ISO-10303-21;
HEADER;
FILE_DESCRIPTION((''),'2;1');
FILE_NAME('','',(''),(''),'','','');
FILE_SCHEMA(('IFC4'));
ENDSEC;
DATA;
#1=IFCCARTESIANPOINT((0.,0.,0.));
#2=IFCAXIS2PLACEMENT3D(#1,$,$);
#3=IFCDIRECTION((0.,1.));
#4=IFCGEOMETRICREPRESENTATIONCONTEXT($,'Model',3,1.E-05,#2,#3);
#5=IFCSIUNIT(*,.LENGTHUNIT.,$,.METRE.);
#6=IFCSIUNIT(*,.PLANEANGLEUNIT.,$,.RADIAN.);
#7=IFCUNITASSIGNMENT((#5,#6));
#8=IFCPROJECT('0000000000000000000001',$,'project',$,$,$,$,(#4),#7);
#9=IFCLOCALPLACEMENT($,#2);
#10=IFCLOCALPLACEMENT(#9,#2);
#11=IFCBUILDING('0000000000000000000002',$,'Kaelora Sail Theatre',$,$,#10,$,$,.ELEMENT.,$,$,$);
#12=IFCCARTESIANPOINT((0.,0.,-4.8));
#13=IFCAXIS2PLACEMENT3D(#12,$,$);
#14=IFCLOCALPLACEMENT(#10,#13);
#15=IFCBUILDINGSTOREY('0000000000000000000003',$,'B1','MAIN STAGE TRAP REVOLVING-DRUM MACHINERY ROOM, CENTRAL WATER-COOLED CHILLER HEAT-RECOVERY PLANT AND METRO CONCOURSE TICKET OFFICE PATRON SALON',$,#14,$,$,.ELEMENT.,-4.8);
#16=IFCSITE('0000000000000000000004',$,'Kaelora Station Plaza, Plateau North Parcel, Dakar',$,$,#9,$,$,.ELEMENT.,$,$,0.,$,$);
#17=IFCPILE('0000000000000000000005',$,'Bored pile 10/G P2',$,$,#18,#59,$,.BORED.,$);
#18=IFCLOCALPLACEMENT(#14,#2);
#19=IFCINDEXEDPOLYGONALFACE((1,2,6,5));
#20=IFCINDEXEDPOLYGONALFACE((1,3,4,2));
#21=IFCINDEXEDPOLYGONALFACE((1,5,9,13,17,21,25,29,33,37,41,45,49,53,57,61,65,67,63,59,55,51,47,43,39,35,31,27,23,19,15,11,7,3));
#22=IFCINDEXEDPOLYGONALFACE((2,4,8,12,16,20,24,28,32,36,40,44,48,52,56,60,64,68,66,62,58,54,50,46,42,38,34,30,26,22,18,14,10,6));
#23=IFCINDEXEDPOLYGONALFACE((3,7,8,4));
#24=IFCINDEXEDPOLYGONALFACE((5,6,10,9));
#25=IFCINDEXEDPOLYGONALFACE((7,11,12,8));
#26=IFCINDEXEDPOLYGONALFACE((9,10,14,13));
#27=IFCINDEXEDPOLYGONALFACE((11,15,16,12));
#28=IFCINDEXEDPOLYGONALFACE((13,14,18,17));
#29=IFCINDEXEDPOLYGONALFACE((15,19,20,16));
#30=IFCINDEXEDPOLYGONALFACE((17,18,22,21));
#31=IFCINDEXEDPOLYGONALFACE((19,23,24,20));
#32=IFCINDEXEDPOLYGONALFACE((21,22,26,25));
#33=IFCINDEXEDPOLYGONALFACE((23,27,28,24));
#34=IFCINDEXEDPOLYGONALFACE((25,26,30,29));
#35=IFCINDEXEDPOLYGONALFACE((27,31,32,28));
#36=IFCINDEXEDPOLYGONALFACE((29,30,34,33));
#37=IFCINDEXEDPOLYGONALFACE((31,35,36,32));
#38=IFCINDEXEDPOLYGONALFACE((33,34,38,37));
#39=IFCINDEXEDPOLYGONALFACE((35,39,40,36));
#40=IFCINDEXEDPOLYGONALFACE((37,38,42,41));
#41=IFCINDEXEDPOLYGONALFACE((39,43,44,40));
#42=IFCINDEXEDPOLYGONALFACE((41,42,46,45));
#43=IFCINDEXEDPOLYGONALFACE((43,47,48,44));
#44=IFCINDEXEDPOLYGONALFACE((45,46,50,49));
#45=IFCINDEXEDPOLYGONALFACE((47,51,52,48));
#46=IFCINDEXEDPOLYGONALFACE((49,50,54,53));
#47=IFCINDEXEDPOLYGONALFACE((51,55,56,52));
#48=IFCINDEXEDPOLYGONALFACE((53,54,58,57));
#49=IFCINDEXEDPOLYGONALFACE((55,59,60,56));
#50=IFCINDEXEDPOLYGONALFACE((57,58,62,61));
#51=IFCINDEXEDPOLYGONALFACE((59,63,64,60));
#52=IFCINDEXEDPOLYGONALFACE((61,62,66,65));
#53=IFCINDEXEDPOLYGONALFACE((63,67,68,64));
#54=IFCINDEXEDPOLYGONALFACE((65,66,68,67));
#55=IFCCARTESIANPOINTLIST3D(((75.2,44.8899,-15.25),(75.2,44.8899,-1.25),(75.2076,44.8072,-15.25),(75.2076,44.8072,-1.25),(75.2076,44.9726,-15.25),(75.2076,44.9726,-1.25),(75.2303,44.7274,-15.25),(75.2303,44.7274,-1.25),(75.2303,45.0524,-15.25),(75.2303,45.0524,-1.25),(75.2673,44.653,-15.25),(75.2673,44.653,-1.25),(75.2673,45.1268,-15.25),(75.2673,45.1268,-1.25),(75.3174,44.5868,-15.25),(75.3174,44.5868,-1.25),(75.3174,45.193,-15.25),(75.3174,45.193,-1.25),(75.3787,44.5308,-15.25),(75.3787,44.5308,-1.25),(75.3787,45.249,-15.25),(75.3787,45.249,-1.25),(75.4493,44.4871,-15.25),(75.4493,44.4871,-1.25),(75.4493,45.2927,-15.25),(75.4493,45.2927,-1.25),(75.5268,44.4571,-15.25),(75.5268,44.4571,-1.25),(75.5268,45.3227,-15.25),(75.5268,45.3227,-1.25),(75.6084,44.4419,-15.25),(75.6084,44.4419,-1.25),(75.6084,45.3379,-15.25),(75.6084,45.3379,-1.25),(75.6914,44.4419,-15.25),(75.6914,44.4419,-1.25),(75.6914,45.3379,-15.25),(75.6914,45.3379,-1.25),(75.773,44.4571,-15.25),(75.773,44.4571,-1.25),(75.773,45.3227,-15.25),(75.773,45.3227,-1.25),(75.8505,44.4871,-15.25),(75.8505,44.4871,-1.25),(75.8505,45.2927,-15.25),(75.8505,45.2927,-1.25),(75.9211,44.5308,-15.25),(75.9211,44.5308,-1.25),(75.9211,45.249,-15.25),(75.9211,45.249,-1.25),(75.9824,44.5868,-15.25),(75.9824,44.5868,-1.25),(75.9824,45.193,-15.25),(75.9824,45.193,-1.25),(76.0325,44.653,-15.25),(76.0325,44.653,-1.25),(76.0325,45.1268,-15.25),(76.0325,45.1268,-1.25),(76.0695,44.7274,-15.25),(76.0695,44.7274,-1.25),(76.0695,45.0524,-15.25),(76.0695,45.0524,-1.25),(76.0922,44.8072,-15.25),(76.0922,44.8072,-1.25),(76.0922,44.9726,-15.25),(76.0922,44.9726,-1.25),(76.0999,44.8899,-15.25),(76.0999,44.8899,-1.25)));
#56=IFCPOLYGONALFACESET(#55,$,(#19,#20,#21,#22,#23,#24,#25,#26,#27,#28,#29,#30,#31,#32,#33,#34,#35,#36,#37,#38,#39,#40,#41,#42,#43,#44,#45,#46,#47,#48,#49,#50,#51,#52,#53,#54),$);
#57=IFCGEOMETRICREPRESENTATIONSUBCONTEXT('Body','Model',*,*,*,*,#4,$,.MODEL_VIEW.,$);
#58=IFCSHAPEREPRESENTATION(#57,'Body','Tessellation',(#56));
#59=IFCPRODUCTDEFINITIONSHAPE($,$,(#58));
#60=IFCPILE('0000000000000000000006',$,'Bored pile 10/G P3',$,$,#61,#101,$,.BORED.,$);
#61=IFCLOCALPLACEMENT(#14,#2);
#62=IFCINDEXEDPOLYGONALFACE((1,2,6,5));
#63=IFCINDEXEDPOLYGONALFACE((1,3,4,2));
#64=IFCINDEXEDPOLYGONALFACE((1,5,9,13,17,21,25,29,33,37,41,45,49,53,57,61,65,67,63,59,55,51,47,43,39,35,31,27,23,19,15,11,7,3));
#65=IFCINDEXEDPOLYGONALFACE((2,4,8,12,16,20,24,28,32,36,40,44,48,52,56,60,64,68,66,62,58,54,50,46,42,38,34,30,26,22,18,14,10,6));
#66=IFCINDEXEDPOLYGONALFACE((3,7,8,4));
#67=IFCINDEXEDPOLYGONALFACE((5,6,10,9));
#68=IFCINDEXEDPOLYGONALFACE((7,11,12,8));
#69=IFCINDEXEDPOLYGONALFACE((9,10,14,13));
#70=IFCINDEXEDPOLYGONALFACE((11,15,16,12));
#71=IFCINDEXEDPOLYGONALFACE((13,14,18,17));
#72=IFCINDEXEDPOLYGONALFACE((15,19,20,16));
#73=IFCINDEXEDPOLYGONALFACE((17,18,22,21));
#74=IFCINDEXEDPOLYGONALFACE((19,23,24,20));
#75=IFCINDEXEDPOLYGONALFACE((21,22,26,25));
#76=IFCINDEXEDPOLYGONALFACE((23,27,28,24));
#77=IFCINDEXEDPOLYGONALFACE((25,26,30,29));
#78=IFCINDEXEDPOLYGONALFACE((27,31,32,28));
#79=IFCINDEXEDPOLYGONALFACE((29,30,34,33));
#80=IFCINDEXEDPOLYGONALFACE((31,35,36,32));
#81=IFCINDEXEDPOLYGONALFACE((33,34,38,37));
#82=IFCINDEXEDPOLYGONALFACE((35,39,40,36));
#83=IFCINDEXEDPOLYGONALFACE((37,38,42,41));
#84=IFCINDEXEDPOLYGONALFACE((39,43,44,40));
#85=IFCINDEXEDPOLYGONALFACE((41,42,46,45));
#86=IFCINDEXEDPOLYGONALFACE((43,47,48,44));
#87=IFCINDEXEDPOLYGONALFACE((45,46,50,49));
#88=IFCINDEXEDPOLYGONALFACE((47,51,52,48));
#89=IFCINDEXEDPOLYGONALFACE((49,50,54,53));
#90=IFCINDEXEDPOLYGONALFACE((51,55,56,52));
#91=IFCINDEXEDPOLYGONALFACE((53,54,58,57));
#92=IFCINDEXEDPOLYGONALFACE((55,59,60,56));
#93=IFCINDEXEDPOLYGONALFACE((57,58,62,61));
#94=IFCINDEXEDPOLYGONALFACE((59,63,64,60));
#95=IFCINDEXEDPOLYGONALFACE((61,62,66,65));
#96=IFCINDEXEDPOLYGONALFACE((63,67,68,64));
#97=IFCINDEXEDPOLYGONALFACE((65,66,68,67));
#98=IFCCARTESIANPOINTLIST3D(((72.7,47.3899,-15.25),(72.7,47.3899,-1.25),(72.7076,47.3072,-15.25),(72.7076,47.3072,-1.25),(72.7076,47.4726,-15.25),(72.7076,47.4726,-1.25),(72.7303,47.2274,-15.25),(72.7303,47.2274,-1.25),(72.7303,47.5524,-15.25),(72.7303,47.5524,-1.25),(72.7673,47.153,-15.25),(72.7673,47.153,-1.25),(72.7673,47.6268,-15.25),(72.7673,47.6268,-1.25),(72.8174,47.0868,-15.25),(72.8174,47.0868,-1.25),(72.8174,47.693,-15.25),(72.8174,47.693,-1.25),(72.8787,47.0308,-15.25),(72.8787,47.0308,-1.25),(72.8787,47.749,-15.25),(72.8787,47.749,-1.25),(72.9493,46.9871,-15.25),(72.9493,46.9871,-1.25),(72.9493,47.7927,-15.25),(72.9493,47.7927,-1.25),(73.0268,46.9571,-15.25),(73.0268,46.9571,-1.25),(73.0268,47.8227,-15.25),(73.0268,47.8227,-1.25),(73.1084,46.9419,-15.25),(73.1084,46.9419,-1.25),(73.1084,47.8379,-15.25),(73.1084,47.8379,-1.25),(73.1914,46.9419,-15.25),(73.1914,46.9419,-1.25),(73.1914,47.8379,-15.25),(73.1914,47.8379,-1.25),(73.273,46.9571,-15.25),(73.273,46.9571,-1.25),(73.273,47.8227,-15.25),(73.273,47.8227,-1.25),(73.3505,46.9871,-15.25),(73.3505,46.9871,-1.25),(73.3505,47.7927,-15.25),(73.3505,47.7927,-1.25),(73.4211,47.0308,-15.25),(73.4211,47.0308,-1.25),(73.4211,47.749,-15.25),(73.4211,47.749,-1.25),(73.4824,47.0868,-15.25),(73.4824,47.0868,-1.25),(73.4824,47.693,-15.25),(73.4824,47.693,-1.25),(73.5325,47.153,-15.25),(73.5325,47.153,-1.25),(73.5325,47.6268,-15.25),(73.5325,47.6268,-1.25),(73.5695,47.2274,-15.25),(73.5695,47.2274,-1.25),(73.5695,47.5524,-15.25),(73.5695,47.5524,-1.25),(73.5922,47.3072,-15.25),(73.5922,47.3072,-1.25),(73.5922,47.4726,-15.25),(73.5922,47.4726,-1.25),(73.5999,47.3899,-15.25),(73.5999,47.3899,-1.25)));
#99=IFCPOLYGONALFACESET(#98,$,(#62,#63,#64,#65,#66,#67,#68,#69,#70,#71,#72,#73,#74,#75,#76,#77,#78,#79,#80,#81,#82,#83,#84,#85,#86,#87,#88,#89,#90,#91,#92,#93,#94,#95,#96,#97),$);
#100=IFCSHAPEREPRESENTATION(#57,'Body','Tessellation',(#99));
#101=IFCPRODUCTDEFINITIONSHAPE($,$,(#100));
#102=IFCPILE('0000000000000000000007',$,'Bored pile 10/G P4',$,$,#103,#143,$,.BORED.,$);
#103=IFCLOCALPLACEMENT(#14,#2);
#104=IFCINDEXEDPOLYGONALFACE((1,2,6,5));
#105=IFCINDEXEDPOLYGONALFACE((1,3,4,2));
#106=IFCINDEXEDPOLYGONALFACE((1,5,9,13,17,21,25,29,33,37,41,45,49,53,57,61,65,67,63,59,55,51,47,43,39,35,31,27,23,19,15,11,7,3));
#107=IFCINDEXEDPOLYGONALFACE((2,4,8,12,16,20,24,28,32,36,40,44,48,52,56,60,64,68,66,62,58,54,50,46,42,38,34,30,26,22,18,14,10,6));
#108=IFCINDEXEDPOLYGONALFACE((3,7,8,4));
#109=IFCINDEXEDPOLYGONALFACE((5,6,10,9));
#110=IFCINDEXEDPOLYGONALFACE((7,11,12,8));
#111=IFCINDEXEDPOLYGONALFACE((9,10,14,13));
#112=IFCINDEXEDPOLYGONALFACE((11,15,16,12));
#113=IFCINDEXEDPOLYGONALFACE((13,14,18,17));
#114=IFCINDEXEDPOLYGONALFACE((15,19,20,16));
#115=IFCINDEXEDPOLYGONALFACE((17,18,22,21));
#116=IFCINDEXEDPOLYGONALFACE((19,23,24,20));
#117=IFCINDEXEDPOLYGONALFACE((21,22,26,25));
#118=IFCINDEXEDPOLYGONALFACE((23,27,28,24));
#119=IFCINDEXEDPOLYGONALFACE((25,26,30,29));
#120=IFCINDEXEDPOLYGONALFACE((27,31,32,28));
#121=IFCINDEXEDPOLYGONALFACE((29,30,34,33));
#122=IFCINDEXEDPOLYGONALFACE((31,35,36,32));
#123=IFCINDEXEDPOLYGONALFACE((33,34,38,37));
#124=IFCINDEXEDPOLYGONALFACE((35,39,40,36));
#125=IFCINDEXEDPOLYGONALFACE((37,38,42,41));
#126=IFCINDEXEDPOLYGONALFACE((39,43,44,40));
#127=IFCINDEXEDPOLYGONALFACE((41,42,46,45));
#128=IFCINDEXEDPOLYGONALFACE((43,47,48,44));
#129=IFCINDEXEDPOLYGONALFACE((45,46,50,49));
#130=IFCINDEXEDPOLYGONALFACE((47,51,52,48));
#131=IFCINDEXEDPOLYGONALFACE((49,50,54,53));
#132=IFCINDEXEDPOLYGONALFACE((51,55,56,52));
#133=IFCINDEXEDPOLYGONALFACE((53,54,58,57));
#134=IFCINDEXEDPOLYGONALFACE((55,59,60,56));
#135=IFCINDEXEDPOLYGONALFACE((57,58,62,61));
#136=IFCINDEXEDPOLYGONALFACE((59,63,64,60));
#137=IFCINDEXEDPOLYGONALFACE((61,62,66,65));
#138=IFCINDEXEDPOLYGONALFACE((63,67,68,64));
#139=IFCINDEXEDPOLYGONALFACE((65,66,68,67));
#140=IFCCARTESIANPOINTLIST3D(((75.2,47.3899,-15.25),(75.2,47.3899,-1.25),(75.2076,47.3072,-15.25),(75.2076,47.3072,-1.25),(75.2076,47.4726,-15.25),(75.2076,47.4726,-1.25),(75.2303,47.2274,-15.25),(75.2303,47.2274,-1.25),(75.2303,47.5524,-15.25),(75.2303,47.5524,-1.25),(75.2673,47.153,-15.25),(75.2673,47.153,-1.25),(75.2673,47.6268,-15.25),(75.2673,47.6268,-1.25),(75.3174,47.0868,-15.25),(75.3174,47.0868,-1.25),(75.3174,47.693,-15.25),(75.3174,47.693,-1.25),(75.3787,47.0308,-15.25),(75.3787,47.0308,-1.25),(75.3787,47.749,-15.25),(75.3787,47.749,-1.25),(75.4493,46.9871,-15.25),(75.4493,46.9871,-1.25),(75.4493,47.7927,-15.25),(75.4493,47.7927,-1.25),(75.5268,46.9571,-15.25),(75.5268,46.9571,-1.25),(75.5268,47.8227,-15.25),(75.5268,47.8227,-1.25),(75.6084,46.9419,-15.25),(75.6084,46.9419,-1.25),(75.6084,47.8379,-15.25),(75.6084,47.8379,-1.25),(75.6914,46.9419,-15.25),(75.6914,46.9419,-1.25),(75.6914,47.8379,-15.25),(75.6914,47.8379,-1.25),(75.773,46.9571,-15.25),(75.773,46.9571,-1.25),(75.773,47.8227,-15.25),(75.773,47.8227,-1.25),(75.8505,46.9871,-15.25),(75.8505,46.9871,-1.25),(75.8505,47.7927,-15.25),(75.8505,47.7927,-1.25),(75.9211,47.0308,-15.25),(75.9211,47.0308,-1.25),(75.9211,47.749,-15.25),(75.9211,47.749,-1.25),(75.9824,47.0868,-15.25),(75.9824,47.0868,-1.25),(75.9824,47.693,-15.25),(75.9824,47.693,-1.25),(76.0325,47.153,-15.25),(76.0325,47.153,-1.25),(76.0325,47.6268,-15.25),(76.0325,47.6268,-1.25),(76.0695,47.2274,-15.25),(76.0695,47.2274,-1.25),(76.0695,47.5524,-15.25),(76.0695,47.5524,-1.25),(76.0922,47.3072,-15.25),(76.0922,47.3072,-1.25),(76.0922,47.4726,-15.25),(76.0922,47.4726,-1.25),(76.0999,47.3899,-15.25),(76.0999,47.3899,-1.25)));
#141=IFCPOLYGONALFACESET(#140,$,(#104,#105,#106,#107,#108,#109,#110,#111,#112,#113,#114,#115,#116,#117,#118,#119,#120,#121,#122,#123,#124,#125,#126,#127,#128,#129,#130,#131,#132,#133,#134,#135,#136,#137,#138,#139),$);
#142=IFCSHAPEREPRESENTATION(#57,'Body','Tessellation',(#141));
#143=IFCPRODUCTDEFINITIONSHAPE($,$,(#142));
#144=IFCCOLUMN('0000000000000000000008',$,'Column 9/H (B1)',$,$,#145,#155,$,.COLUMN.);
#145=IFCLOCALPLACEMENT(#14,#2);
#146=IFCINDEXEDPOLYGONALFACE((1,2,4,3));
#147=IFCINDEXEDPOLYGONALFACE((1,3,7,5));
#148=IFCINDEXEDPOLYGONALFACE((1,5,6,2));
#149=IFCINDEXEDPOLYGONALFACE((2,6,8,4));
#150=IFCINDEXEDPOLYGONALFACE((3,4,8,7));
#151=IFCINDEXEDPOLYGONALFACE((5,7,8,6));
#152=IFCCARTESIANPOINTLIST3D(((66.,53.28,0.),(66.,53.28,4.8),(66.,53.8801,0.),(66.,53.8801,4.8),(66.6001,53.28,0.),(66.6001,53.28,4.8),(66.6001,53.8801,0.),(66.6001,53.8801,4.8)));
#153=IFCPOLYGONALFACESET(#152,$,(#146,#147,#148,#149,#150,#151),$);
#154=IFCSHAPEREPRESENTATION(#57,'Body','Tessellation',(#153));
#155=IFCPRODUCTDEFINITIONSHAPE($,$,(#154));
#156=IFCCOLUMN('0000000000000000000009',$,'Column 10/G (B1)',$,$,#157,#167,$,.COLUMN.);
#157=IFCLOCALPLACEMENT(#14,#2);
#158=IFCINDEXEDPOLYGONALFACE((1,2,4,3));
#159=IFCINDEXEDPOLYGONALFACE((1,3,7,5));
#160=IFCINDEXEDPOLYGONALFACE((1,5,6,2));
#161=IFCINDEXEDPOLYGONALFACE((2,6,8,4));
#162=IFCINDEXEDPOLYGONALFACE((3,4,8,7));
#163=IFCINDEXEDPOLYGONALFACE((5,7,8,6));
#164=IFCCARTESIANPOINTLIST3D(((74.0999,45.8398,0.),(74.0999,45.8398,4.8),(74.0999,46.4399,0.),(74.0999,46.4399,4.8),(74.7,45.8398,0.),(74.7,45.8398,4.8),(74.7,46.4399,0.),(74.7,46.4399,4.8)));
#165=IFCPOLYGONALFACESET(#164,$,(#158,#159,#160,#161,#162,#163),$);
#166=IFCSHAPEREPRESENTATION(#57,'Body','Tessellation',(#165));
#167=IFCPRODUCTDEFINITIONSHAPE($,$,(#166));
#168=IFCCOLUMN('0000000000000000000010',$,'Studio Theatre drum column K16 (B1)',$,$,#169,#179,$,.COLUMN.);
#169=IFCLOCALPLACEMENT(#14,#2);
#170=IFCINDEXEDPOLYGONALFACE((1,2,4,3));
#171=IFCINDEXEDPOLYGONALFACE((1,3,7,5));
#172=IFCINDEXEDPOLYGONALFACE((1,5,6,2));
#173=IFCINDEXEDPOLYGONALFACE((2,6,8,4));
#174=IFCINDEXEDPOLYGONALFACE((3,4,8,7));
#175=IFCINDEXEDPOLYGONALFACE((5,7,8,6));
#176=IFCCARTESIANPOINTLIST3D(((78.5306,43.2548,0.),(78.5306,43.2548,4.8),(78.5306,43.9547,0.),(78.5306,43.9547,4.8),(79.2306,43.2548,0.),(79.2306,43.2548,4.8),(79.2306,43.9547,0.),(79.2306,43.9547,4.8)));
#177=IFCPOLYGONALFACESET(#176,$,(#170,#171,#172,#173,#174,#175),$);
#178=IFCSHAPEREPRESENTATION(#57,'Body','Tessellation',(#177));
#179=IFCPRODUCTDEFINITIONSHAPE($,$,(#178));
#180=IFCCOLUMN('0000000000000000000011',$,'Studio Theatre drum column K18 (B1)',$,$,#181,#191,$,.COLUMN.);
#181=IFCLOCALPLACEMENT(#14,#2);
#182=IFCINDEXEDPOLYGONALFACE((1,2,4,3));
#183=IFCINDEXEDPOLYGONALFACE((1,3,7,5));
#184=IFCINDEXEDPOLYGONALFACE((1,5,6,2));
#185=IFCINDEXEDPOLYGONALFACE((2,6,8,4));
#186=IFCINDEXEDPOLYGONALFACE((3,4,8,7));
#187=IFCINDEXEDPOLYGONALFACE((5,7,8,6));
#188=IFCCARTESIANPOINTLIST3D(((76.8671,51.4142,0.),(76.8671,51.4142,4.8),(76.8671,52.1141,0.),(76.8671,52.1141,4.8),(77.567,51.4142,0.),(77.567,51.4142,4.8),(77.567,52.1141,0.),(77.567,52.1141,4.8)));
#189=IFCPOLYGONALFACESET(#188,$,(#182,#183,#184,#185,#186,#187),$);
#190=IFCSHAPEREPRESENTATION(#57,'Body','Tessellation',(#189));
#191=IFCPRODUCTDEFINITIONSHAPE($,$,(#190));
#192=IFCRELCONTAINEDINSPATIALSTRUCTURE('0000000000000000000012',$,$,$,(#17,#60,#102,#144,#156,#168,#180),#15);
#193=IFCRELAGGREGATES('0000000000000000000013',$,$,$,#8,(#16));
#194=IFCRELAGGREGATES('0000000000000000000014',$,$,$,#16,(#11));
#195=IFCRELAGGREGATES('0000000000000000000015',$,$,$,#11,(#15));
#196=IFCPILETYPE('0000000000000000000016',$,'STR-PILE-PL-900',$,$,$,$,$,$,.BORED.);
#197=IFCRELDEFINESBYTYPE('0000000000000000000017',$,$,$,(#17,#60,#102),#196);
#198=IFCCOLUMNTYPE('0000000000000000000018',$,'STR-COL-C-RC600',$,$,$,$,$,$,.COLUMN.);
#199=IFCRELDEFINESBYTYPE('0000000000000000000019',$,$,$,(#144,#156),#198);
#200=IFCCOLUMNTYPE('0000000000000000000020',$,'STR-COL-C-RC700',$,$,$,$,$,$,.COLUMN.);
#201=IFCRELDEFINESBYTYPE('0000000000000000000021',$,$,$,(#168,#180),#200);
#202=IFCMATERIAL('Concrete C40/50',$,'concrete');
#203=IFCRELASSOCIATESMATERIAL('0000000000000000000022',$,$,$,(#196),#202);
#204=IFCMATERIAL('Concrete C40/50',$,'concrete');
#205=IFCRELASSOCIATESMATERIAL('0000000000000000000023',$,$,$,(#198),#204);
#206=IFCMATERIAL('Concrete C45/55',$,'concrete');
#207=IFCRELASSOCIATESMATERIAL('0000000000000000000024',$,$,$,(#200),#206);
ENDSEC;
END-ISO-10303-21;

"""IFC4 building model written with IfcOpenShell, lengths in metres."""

from ifc_helpers import new_model, si_unit, direction, frame, origin, origin_2d, place, context, subcontext, project, spatial, rectangle, circle, extrude, material, material_profile, profile_set, type_object, element, save


model = new_model("IFC4")

# Units and contexts
model_context = context("Model", 3, precision=1e-05, world=origin(), true_north=direction((0.0, 1.0)))
body_context = subcontext(model_context, "Body", "Model", "MODEL_VIEW")
ifc_project = project(units=[si_unit("LENGTHUNIT", "METRE"), si_unit("PLANEANGLEUNIT", "RADIAN")], contexts=[model_context])

# Site, building, storey
site_placement = place(None, origin())
site = spatial("IfcSite", under=ifc_project, at=site_placement, Name="Kaelora Station Plaza, Plateau North Parcel, Dakar", CompositionType="ELEMENT", RefElevation=0.0)
building_placement = place(site_placement, origin())
building = spatial("IfcBuilding", under=site, at=building_placement, Name="Kaelora Sail Theatre", CompositionType="ELEMENT")
storey_placement = place(building_placement, frame((0.0, 0.0, -4.8)))
storey = spatial("IfcBuildingStorey", under=building, at=storey_placement, Name="B1", Description="MAIN STAGE TRAP REVOLVING-DRUM MACHINERY ROOM, CENTRAL WATER-COOLED CHILLER HEAT-RECOVERY PLANT AND METRO CONCOURSE TICKET OFFICE PATRON SALON", CompositionType="ELEMENT", Elevation=-4.8)

# Piles
ifc_material_1 = material(Name="Concrete C40/50", Category="concrete")
ifc_material_profile_1 = material_profile(ifc_material_1, circle(Radius=0.45, at=origin_2d()), Name="PILE D900")
ifc_profile_set_1 = profile_set([ifc_material_profile_1], Name="Concrete C40/50")
pile_type_1 = type_object("IfcPileType", Name="STR-PILE-PL-900", PredefinedType="BORED", material=ifc_profile_set_1)
for number, where, z_axis, x_axis, name in (
    (1, (75.6499, 44.8899, -1.25), (0.0, 0.0, -1.0), (1.0, 0.0, 0.0), "Bored pile 10/G P2"),
    (2, (73.1499, 47.3899, -1.25), (0.0, 0.0, -1.0), (1.0, 0.0, 0.0), "Bored pile 10/G P3"),
    (3, (75.6499, 47.3899, -1.25), (0.0, 0.0, -1.0), (1.0, 0.0, 0.0), "Bored pile 10/G P4"),
):
    element("IfcPile", number, at=place(storey_placement, frame(where, z_axis=z_axis, x_axis=x_axis)), inside=storey, type_object=pile_type_1, Name=name, PredefinedType="BORED", context=body_context, shape_type="SweptSolid", body=[
        extrude(circle(Radius=0.45, at=origin_2d()), origin(), (0.0, 0.0, 1.0), 14.0),
    ])

# Columns
ifc_material_2 = material(Name="Concrete C40/50", Category="concrete")
ifc_material_profile_2 = material_profile(ifc_material_2, rectangle(XDim=0.6001, YDim=0.6001, at=origin_2d()), Name="RC-COL 600x600")
ifc_profile_set_2 = profile_set([ifc_material_profile_2], Name="Concrete C40/50")
column_type_1 = type_object("IfcColumnType", Name="STR-COL-C-RC600", PredefinedType="COLUMN", material=ifc_profile_set_2)
for number, where, z_axis, x_axis, name in (
    (4, (66.3, 53.5801, 0.0), (0.0, 0.0, 1.0), (1.0, 0.0, 0.0), "Column 9/H (B1)"),
    (5, (74.3999, 46.1399, 0.0), (0.0, 0.0, 1.0), (1.0, 0.0, 0.0), "Column 10/G (B1)"),
):
    element("IfcColumn", number, at=place(storey_placement, frame(where, z_axis=z_axis, x_axis=x_axis)), inside=storey, type_object=column_type_1, Name=name, PredefinedType="COLUMN", context=body_context, shape_type="SweptSolid", body=[
        extrude(rectangle(XDim=0.6001, YDim=0.6001, at=origin_2d()), origin(), (0.0, 0.0, 1.0), 4.8),
    ])
ifc_material_3 = material(Name="Concrete C45/55", Category="concrete")
ifc_material_profile_3 = material_profile(ifc_material_3, rectangle(XDim=0.7, YDim=0.7, at=origin_2d()), Name="RC-COL 700x700")
ifc_profile_set_3 = profile_set([ifc_material_profile_3], Name="Concrete C45/55")
column_type_2 = type_object("IfcColumnType", Name="STR-COL-C-RC700", PredefinedType="COLUMN", material=ifc_profile_set_3)
for number, where, z_axis, x_axis, name in (
    (6, (78.8806, 43.6047, 0.0), (0.0, 0.0, 1.0), (1.0, 0.0, 0.0), "Studio Theatre drum column K16 (B1)"),
    (7, (77.217, 51.7642, 0.0), (0.0, 0.0, 1.0), (1.0, 0.0, 0.0), "Studio Theatre drum column K18 (B1)"),
):
    element("IfcColumn", number, at=place(storey_placement, frame(where, z_axis=z_axis, x_axis=x_axis)), inside=storey, type_object=column_type_2, Name=name, PredefinedType="COLUMN", context=body_context, shape_type="SweptSolid", body=[
        extrude(rectangle(XDim=0.7, YDim=0.7, at=origin_2d()), origin(), (0.0, 0.0, 1.0), 4.8),
    ])

save(model, "model.ifc")
